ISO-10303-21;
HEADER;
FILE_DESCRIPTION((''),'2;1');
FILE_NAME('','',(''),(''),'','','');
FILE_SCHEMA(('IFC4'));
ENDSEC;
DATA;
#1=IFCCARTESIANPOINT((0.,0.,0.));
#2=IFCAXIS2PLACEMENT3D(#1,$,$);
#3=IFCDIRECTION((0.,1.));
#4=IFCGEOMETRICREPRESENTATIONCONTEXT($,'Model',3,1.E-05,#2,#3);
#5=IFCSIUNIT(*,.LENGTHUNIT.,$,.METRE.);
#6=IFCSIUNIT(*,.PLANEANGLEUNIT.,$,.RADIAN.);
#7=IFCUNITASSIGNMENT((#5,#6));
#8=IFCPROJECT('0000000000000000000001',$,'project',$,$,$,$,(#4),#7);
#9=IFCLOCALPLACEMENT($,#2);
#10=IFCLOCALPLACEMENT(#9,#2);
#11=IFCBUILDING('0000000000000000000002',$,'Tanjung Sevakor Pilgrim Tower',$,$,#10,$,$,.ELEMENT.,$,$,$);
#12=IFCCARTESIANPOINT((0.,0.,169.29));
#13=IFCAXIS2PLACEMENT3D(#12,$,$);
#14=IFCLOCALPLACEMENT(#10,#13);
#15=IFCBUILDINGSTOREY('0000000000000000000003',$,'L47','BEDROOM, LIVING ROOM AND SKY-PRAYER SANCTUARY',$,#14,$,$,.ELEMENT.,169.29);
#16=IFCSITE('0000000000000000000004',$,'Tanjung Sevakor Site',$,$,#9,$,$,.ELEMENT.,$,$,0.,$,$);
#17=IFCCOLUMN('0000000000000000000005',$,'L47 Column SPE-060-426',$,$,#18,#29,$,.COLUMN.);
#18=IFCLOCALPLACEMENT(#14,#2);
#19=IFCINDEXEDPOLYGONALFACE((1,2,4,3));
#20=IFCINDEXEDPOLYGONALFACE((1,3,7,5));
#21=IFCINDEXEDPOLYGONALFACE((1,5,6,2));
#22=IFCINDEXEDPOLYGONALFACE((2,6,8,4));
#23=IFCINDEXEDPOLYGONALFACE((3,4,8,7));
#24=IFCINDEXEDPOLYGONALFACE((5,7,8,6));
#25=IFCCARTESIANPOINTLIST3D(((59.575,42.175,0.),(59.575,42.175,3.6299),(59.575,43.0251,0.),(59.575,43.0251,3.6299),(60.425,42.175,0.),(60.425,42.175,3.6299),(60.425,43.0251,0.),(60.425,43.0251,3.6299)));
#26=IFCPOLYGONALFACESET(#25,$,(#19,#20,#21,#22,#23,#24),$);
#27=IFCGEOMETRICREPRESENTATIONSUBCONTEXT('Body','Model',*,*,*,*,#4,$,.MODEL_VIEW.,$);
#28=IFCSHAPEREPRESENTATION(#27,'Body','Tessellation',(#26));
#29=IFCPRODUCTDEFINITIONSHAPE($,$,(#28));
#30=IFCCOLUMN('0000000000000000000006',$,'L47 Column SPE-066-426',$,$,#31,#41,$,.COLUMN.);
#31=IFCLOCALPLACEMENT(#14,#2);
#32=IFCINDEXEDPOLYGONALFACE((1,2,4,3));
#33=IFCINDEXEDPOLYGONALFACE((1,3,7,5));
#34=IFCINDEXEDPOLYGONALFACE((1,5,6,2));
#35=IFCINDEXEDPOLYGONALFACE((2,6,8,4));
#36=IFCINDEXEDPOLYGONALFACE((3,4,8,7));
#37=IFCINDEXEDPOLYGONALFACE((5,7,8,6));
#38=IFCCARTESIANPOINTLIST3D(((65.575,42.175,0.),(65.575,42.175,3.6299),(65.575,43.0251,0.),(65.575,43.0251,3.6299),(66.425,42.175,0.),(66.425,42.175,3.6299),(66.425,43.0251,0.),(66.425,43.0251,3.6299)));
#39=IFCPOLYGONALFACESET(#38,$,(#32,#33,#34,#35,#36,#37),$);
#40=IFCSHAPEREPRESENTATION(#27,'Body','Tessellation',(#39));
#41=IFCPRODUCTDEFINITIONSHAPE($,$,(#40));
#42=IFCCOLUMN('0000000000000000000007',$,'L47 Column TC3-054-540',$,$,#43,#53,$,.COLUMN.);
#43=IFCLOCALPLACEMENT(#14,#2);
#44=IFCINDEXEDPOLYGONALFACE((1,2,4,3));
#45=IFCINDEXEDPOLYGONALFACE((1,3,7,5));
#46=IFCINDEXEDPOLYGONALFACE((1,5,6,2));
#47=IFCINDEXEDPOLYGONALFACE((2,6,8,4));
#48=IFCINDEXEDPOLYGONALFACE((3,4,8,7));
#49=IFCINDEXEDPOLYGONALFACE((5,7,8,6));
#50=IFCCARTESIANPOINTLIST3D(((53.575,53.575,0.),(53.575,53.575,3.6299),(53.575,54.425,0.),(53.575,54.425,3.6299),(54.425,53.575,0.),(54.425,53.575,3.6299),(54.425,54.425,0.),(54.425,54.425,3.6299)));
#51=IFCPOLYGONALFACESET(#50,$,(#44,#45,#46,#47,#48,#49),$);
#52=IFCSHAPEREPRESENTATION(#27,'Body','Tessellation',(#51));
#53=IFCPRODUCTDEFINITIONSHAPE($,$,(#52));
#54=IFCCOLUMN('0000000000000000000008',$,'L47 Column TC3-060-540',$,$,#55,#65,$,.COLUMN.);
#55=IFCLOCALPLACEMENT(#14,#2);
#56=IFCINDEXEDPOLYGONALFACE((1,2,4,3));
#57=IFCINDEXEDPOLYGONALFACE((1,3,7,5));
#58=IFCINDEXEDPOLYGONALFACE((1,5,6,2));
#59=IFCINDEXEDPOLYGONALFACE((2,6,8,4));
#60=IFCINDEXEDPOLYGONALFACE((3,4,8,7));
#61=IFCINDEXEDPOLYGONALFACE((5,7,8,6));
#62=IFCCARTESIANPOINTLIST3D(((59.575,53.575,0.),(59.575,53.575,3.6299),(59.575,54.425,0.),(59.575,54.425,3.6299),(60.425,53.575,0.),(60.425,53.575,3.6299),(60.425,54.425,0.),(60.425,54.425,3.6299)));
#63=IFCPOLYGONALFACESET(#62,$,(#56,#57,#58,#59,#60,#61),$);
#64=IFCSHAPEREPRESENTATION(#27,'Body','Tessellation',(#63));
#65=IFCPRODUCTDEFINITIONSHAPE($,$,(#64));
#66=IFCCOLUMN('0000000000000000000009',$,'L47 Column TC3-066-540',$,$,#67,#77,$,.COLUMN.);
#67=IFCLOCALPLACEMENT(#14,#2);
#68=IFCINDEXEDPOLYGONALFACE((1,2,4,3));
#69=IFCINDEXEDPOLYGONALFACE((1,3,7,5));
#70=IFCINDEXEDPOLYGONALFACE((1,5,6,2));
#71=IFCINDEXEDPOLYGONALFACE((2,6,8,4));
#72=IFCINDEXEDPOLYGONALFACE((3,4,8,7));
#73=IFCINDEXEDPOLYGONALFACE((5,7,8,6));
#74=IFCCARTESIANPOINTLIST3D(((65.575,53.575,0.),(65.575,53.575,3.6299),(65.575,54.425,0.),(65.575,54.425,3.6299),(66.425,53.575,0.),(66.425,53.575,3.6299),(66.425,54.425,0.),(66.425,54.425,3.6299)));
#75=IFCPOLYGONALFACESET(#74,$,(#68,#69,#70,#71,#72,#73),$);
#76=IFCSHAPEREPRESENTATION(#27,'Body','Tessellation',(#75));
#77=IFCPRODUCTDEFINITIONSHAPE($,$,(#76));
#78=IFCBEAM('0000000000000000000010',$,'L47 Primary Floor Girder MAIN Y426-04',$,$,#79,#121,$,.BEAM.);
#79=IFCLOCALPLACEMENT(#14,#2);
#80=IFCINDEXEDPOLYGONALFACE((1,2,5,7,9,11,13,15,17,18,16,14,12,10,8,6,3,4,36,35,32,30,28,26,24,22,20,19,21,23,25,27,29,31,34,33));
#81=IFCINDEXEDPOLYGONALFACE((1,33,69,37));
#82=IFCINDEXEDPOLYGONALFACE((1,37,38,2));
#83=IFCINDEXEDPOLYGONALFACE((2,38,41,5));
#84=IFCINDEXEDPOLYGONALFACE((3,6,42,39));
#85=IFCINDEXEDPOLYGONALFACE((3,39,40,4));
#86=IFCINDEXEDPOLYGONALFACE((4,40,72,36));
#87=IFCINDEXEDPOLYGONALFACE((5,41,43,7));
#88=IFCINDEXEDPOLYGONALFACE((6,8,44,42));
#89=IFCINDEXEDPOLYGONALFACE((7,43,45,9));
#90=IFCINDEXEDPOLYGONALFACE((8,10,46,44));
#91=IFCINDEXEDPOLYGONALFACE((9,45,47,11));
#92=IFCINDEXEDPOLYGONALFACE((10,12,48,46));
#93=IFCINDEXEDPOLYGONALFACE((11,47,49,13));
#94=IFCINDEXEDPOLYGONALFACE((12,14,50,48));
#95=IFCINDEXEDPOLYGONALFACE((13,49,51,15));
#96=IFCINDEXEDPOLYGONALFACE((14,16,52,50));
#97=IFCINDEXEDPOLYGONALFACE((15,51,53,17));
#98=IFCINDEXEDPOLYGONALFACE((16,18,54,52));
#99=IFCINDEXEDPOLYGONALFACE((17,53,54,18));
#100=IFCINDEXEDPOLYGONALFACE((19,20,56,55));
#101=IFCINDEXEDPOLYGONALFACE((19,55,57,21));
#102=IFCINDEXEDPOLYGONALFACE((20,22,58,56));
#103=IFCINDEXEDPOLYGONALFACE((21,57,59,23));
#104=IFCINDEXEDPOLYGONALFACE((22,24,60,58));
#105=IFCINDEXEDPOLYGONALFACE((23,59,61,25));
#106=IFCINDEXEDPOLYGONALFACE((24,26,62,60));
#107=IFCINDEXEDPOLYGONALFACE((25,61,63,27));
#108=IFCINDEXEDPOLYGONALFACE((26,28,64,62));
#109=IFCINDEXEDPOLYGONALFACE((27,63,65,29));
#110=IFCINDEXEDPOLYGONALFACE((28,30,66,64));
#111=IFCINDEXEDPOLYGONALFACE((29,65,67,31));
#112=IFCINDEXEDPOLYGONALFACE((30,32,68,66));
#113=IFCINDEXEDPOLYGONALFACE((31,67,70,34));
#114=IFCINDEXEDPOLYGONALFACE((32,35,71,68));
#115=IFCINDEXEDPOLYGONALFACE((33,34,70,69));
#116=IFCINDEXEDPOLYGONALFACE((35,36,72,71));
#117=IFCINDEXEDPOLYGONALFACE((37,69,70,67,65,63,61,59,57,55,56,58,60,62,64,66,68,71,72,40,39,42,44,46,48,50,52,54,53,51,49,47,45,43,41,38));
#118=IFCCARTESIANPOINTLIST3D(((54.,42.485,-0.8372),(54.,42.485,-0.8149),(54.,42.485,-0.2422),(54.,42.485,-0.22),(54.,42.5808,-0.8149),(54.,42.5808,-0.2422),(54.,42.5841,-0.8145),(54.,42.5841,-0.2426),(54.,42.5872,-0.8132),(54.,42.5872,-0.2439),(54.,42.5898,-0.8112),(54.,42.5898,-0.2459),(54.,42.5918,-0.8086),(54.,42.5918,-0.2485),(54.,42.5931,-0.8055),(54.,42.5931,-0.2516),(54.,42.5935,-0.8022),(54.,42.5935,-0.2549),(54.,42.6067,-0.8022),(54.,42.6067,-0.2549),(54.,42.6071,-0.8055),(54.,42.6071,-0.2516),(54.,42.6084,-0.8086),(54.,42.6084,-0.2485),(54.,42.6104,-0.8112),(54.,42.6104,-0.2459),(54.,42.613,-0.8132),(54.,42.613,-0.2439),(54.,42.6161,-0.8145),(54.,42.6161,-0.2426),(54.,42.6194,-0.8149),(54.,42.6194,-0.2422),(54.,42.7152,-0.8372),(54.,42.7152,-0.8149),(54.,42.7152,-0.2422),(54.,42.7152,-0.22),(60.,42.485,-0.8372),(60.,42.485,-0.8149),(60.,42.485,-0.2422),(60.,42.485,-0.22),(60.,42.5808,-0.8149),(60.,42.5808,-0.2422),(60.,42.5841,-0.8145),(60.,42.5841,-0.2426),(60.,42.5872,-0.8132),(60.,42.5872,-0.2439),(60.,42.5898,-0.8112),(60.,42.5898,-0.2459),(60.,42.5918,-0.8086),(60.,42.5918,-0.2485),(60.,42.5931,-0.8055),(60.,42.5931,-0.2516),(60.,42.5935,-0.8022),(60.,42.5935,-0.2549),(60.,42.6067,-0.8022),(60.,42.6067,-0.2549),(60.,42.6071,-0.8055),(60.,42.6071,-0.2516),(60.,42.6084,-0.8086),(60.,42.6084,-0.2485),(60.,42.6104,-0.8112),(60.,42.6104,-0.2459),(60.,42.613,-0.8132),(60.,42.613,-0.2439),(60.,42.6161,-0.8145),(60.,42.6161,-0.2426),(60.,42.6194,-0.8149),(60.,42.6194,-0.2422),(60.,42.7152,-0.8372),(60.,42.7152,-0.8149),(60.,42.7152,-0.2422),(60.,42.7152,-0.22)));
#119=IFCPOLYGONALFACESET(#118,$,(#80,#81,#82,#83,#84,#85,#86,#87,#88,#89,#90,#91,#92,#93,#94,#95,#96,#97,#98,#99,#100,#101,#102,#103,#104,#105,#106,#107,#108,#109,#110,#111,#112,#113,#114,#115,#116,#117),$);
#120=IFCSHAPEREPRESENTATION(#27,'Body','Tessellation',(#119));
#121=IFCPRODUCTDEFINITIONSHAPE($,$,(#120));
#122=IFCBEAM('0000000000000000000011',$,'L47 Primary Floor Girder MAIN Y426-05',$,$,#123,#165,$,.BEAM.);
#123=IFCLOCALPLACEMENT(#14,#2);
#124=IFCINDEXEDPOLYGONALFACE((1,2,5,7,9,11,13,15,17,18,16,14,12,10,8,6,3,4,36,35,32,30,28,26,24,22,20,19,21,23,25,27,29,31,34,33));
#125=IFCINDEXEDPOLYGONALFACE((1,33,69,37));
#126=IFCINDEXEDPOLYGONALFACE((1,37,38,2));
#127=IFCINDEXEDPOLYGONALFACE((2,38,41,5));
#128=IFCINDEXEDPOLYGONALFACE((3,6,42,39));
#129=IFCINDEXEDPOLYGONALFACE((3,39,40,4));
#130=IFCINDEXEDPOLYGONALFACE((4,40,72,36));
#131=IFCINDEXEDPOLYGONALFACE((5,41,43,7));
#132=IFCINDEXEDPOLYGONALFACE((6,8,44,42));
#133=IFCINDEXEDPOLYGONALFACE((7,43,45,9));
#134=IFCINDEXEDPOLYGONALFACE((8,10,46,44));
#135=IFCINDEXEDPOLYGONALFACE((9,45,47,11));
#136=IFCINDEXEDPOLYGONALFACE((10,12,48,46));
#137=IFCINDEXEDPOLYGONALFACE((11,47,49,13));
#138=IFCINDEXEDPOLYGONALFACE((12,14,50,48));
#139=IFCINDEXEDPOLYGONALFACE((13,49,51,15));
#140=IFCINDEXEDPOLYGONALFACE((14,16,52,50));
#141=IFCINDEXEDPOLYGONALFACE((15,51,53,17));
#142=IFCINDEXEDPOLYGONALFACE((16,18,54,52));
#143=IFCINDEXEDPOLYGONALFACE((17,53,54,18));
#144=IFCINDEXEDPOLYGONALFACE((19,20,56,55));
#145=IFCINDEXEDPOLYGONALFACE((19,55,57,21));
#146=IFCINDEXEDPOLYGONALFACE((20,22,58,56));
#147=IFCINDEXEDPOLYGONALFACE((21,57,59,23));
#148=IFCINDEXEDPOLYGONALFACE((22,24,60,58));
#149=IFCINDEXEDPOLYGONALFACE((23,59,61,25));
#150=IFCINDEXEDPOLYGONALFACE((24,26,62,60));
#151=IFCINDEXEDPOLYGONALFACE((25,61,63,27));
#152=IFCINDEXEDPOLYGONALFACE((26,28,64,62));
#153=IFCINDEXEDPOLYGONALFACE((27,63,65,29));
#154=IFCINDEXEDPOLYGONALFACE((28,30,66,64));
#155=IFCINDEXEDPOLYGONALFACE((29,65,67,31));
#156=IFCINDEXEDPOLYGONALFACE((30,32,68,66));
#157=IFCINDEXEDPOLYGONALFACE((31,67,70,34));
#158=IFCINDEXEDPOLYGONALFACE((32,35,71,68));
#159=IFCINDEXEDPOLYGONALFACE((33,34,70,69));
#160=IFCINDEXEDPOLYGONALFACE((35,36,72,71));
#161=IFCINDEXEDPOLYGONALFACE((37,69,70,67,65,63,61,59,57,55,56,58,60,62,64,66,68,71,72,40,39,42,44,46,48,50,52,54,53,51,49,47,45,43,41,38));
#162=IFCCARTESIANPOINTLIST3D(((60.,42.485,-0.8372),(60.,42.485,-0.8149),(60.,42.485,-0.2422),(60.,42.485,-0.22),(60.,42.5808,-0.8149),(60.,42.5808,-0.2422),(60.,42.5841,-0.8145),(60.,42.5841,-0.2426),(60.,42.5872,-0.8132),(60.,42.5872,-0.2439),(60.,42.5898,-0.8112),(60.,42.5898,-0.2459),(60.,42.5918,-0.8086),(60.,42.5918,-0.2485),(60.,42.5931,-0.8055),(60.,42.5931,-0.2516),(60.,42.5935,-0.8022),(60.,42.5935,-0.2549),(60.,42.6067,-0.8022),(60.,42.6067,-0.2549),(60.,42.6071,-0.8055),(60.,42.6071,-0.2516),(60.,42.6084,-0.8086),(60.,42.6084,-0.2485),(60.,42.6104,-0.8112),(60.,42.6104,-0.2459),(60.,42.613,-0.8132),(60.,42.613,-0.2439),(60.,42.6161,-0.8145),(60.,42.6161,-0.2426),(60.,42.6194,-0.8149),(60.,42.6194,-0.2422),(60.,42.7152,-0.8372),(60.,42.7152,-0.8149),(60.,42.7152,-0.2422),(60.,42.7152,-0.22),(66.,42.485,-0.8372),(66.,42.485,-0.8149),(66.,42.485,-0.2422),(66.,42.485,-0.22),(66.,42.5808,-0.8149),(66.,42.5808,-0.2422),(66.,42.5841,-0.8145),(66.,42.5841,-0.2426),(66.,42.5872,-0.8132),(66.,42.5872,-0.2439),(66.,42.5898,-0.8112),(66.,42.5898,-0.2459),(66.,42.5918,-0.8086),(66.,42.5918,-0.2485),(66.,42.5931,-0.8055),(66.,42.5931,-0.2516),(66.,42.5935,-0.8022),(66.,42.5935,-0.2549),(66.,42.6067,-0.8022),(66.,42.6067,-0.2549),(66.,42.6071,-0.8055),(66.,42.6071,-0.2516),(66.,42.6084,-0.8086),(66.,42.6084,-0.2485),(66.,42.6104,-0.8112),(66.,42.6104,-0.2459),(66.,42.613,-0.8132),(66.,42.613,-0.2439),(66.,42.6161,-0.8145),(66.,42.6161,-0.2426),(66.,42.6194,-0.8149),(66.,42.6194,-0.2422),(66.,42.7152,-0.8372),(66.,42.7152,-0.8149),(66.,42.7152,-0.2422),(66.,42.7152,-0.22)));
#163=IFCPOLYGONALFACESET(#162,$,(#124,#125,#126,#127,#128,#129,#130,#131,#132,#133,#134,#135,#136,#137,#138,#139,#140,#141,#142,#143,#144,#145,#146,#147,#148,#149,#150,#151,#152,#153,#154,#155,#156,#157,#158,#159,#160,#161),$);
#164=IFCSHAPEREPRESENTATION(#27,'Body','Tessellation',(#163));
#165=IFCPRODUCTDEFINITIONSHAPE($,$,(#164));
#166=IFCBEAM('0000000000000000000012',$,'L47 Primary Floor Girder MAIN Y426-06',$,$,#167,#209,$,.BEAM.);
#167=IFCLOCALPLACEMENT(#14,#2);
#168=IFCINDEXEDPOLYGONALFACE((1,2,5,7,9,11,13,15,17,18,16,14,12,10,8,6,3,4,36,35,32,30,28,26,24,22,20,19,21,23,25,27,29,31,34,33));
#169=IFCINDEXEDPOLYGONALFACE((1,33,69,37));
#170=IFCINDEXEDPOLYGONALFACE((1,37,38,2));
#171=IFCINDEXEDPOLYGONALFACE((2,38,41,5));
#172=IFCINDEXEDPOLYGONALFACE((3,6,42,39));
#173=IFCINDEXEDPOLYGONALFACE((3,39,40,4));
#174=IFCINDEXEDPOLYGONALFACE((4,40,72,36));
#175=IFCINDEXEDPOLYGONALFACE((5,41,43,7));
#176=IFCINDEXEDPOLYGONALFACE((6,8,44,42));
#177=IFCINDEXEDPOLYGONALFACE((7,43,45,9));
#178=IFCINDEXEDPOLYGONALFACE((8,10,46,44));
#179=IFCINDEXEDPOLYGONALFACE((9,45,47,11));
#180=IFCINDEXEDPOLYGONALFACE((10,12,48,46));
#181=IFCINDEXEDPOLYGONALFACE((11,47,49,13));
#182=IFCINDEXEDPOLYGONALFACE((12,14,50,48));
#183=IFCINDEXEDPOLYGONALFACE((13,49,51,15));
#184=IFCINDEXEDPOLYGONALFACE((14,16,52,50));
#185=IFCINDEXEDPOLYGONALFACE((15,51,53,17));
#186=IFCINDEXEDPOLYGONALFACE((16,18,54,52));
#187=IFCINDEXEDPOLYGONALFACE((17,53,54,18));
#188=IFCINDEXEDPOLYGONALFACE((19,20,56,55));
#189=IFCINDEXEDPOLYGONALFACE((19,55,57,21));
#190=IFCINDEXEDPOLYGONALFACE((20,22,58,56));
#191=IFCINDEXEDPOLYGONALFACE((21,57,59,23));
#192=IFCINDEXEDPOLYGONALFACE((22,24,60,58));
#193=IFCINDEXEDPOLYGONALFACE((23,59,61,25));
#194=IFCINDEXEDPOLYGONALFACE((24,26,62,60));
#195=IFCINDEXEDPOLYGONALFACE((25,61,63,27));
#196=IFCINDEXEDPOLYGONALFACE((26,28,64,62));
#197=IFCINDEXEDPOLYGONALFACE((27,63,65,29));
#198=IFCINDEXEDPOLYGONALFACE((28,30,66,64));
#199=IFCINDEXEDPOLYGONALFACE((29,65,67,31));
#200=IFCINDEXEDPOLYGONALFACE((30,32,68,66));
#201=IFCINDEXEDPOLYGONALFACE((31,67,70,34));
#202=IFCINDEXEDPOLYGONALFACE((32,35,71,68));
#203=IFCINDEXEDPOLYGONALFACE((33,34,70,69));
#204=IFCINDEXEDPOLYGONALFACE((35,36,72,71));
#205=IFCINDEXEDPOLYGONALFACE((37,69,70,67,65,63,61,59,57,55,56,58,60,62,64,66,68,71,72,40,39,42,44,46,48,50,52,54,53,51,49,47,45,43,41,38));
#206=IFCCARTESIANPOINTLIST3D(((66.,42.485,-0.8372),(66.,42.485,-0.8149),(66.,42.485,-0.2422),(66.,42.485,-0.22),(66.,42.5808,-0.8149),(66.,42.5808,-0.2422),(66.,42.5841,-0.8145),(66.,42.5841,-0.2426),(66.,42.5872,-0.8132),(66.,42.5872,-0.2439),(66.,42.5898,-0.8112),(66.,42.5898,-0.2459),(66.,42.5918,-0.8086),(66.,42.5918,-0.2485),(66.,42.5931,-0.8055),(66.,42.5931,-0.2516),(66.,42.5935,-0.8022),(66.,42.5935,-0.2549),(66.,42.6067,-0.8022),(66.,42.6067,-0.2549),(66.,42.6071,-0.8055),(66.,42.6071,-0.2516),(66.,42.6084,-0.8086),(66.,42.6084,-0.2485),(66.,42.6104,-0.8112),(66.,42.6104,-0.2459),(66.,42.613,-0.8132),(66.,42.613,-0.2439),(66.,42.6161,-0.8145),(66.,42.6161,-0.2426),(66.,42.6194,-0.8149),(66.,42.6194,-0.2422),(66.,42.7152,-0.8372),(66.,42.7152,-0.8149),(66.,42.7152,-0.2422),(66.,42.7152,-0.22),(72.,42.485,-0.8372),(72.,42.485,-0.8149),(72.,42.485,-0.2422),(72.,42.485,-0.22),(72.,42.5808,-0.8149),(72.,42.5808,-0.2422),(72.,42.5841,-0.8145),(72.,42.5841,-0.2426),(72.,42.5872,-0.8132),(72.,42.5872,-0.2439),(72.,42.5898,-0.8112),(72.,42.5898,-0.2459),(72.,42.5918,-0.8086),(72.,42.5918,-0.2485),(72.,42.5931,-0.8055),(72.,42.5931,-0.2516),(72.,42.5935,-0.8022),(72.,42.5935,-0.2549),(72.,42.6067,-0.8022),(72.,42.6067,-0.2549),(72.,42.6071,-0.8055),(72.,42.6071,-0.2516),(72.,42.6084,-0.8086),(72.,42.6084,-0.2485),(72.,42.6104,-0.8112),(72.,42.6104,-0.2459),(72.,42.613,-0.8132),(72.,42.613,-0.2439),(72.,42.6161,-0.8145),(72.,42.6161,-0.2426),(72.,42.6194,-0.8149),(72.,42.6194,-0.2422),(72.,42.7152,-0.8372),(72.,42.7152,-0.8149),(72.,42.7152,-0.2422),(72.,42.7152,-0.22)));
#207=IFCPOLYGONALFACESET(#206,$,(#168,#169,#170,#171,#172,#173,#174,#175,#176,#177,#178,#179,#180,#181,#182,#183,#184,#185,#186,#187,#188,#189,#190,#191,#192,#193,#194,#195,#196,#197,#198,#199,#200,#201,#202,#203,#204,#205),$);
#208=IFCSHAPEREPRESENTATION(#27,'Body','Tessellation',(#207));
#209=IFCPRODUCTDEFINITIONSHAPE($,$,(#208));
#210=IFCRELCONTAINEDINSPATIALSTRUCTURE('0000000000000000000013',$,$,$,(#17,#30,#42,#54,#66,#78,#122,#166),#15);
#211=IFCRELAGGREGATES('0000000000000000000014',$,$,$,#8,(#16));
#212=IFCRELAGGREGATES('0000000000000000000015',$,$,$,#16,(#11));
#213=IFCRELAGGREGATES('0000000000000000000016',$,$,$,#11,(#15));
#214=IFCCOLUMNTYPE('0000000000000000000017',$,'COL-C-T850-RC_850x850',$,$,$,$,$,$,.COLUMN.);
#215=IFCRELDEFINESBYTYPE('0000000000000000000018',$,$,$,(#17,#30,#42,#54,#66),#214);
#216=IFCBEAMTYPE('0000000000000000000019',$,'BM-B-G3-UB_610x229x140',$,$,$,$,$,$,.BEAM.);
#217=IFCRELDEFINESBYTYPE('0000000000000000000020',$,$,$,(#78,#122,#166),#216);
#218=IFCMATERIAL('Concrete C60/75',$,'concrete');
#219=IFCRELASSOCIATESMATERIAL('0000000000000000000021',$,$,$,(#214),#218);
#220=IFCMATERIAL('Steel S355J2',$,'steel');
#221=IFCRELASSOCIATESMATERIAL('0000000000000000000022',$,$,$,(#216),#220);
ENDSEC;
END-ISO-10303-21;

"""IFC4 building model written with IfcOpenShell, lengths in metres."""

from ifc_helpers import new_model, si_unit, direction, frame, origin, origin_2d, place, context, subcontext, project, spatial, rectangle, i_section, extrude, material, material_profile, profile_set, type_object, element, save


model = new_model("IFC4")

# Units and contexts
model_context = context("Model", 3, precision=1e-05, world=origin(), true_north=direction((0.0, 1.0)))
body_context = subcontext(model_context, "Body", "Model", "MODEL_VIEW")
ifc_project = project(units=[si_unit("LENGTHUNIT", "METRE"), si_unit("PLANEANGLEUNIT", "RADIAN")], contexts=[model_context])

# Site, building, storey
site_placement = place(None, origin())
site = spatial("IfcSite", under=ifc_project, at=site_placement, Name="Tanjung Sevakor Site", CompositionType="ELEMENT", RefElevation=0.0)
building_placement = place(site_placement, origin())
building = spatial("IfcBuilding", under=site, at=building_placement, Name="Tanjung Sevakor Pilgrim Tower", CompositionType="ELEMENT")
storey_placement = place(building_placement, frame((0.0, 0.0, 169.29)))
storey = spatial("IfcBuildingStorey", under=building, at=storey_placement, Name="L47", Description="BEDROOM, LIVING ROOM AND SKY-PRAYER SANCTUARY", CompositionType="ELEMENT", Elevation=169.29)

# Columns
ifc_material_1 = material(Name="Concrete C60/75", Category="concrete")
ifc_material_profile_1 = material_profile(ifc_material_1, rectangle(XDim=0.8501, YDim=0.8501, at=origin_2d()))
ifc_profile_set_1 = profile_set([ifc_material_profile_1], Name="Concrete C60/75")
column_type = type_object("IfcColumnType", Name="COL-C-T850-RC_850x850", PredefinedType="COLUMN", material=ifc_profile_set_1)
for number, where, z_axis, x_axis, name in (
    (1, (60.0, 42.6001, 0.0), (0.0, 0.0, 1.0), (1.0, 0.0, 0.0), "L47 Column SPE-060-426"),
    (2, (66.0, 42.6001, 0.0), (0.0, 0.0, 1.0), (1.0, 0.0, 0.0), "L47 Column SPE-066-426"),
    (3, (54.0, 54.0, 0.0), (0.0, 0.0, 1.0), (1.0, 0.0, 0.0), "L47 Column TC3-054-540"),
    (4, (60.0, 54.0, 0.0), (0.0, 0.0, 1.0), (1.0, 0.0, 0.0), "L47 Column TC3-060-540"),
    (5, (66.0, 54.0, 0.0), (0.0, 0.0, 1.0), (1.0, 0.0, 0.0), "L47 Column TC3-066-540"),
):
    element("IfcColumn", number, at=place(storey_placement, frame(where, z_axis=z_axis, x_axis=x_axis)), inside=storey, type_object=column_type, Name=name, PredefinedType="COLUMN", context=body_context, shape_type="SweptSolid", body=[
        extrude(rectangle(XDim=0.8501, YDim=0.8501, at=origin_2d()), origin(), (0.0, 0.0, 1.0), 3.6299),
    ])

# Beams
ifc_material_2 = material(Name="Steel S355J2", Category="steel")
ifc_material_profile_2 = material_profile(ifc_material_2, i_section(OverallWidth=0.2302, OverallDepth=0.6172, WebThickness=0.0132, FlangeThickness=0.0222, FilletRadius=0.0127, at=origin_2d()))
ifc_profile_set_2 = profile_set([ifc_material_profile_2], Name="Steel S355J2")
beam_type_1 = type_object("IfcBeamType", Name="BM-B-G3-UB_610x229x140", PredefinedType="BEAM", material=ifc_profile_set_2)
for number, where, z_axis, x_axis, name in (
    (6, (54.0, 42.6001, -0.5286), (1.0, 0.0, 0.0), (0.0, 1.0, 0.0), "L47 Primary Floor Girder MAIN Y426-04"),
    (7, (60.0, 42.6001, -0.5286), (1.0, 0.0, 0.0), (0.0, 1.0, 0.0), "L47 Primary Floor Girder MAIN Y426-05"),
    (8, (66.0, 42.6001, -0.5286), (1.0, 0.0, 0.0), (0.0, 1.0, 0.0), "L47 Primary Floor Girder MAIN Y426-06"),
):
    element("IfcBeam", number, at=place(storey_placement, frame(where, z_axis=z_axis, x_axis=x_axis)), inside=storey, type_object=beam_type_1, Name=name, PredefinedType="BEAM", context=body_context, shape_type="SweptSolid", body=[
        extrude(i_section(OverallWidth=0.2302, OverallDepth=0.6172, WebThickness=0.0132, FlangeThickness=0.0222, FilletRadius=0.0127, at=origin_2d()), origin(), (0.0, 0.0, 1.0), 6.0),
    ])

save(model, "model.ifc")
